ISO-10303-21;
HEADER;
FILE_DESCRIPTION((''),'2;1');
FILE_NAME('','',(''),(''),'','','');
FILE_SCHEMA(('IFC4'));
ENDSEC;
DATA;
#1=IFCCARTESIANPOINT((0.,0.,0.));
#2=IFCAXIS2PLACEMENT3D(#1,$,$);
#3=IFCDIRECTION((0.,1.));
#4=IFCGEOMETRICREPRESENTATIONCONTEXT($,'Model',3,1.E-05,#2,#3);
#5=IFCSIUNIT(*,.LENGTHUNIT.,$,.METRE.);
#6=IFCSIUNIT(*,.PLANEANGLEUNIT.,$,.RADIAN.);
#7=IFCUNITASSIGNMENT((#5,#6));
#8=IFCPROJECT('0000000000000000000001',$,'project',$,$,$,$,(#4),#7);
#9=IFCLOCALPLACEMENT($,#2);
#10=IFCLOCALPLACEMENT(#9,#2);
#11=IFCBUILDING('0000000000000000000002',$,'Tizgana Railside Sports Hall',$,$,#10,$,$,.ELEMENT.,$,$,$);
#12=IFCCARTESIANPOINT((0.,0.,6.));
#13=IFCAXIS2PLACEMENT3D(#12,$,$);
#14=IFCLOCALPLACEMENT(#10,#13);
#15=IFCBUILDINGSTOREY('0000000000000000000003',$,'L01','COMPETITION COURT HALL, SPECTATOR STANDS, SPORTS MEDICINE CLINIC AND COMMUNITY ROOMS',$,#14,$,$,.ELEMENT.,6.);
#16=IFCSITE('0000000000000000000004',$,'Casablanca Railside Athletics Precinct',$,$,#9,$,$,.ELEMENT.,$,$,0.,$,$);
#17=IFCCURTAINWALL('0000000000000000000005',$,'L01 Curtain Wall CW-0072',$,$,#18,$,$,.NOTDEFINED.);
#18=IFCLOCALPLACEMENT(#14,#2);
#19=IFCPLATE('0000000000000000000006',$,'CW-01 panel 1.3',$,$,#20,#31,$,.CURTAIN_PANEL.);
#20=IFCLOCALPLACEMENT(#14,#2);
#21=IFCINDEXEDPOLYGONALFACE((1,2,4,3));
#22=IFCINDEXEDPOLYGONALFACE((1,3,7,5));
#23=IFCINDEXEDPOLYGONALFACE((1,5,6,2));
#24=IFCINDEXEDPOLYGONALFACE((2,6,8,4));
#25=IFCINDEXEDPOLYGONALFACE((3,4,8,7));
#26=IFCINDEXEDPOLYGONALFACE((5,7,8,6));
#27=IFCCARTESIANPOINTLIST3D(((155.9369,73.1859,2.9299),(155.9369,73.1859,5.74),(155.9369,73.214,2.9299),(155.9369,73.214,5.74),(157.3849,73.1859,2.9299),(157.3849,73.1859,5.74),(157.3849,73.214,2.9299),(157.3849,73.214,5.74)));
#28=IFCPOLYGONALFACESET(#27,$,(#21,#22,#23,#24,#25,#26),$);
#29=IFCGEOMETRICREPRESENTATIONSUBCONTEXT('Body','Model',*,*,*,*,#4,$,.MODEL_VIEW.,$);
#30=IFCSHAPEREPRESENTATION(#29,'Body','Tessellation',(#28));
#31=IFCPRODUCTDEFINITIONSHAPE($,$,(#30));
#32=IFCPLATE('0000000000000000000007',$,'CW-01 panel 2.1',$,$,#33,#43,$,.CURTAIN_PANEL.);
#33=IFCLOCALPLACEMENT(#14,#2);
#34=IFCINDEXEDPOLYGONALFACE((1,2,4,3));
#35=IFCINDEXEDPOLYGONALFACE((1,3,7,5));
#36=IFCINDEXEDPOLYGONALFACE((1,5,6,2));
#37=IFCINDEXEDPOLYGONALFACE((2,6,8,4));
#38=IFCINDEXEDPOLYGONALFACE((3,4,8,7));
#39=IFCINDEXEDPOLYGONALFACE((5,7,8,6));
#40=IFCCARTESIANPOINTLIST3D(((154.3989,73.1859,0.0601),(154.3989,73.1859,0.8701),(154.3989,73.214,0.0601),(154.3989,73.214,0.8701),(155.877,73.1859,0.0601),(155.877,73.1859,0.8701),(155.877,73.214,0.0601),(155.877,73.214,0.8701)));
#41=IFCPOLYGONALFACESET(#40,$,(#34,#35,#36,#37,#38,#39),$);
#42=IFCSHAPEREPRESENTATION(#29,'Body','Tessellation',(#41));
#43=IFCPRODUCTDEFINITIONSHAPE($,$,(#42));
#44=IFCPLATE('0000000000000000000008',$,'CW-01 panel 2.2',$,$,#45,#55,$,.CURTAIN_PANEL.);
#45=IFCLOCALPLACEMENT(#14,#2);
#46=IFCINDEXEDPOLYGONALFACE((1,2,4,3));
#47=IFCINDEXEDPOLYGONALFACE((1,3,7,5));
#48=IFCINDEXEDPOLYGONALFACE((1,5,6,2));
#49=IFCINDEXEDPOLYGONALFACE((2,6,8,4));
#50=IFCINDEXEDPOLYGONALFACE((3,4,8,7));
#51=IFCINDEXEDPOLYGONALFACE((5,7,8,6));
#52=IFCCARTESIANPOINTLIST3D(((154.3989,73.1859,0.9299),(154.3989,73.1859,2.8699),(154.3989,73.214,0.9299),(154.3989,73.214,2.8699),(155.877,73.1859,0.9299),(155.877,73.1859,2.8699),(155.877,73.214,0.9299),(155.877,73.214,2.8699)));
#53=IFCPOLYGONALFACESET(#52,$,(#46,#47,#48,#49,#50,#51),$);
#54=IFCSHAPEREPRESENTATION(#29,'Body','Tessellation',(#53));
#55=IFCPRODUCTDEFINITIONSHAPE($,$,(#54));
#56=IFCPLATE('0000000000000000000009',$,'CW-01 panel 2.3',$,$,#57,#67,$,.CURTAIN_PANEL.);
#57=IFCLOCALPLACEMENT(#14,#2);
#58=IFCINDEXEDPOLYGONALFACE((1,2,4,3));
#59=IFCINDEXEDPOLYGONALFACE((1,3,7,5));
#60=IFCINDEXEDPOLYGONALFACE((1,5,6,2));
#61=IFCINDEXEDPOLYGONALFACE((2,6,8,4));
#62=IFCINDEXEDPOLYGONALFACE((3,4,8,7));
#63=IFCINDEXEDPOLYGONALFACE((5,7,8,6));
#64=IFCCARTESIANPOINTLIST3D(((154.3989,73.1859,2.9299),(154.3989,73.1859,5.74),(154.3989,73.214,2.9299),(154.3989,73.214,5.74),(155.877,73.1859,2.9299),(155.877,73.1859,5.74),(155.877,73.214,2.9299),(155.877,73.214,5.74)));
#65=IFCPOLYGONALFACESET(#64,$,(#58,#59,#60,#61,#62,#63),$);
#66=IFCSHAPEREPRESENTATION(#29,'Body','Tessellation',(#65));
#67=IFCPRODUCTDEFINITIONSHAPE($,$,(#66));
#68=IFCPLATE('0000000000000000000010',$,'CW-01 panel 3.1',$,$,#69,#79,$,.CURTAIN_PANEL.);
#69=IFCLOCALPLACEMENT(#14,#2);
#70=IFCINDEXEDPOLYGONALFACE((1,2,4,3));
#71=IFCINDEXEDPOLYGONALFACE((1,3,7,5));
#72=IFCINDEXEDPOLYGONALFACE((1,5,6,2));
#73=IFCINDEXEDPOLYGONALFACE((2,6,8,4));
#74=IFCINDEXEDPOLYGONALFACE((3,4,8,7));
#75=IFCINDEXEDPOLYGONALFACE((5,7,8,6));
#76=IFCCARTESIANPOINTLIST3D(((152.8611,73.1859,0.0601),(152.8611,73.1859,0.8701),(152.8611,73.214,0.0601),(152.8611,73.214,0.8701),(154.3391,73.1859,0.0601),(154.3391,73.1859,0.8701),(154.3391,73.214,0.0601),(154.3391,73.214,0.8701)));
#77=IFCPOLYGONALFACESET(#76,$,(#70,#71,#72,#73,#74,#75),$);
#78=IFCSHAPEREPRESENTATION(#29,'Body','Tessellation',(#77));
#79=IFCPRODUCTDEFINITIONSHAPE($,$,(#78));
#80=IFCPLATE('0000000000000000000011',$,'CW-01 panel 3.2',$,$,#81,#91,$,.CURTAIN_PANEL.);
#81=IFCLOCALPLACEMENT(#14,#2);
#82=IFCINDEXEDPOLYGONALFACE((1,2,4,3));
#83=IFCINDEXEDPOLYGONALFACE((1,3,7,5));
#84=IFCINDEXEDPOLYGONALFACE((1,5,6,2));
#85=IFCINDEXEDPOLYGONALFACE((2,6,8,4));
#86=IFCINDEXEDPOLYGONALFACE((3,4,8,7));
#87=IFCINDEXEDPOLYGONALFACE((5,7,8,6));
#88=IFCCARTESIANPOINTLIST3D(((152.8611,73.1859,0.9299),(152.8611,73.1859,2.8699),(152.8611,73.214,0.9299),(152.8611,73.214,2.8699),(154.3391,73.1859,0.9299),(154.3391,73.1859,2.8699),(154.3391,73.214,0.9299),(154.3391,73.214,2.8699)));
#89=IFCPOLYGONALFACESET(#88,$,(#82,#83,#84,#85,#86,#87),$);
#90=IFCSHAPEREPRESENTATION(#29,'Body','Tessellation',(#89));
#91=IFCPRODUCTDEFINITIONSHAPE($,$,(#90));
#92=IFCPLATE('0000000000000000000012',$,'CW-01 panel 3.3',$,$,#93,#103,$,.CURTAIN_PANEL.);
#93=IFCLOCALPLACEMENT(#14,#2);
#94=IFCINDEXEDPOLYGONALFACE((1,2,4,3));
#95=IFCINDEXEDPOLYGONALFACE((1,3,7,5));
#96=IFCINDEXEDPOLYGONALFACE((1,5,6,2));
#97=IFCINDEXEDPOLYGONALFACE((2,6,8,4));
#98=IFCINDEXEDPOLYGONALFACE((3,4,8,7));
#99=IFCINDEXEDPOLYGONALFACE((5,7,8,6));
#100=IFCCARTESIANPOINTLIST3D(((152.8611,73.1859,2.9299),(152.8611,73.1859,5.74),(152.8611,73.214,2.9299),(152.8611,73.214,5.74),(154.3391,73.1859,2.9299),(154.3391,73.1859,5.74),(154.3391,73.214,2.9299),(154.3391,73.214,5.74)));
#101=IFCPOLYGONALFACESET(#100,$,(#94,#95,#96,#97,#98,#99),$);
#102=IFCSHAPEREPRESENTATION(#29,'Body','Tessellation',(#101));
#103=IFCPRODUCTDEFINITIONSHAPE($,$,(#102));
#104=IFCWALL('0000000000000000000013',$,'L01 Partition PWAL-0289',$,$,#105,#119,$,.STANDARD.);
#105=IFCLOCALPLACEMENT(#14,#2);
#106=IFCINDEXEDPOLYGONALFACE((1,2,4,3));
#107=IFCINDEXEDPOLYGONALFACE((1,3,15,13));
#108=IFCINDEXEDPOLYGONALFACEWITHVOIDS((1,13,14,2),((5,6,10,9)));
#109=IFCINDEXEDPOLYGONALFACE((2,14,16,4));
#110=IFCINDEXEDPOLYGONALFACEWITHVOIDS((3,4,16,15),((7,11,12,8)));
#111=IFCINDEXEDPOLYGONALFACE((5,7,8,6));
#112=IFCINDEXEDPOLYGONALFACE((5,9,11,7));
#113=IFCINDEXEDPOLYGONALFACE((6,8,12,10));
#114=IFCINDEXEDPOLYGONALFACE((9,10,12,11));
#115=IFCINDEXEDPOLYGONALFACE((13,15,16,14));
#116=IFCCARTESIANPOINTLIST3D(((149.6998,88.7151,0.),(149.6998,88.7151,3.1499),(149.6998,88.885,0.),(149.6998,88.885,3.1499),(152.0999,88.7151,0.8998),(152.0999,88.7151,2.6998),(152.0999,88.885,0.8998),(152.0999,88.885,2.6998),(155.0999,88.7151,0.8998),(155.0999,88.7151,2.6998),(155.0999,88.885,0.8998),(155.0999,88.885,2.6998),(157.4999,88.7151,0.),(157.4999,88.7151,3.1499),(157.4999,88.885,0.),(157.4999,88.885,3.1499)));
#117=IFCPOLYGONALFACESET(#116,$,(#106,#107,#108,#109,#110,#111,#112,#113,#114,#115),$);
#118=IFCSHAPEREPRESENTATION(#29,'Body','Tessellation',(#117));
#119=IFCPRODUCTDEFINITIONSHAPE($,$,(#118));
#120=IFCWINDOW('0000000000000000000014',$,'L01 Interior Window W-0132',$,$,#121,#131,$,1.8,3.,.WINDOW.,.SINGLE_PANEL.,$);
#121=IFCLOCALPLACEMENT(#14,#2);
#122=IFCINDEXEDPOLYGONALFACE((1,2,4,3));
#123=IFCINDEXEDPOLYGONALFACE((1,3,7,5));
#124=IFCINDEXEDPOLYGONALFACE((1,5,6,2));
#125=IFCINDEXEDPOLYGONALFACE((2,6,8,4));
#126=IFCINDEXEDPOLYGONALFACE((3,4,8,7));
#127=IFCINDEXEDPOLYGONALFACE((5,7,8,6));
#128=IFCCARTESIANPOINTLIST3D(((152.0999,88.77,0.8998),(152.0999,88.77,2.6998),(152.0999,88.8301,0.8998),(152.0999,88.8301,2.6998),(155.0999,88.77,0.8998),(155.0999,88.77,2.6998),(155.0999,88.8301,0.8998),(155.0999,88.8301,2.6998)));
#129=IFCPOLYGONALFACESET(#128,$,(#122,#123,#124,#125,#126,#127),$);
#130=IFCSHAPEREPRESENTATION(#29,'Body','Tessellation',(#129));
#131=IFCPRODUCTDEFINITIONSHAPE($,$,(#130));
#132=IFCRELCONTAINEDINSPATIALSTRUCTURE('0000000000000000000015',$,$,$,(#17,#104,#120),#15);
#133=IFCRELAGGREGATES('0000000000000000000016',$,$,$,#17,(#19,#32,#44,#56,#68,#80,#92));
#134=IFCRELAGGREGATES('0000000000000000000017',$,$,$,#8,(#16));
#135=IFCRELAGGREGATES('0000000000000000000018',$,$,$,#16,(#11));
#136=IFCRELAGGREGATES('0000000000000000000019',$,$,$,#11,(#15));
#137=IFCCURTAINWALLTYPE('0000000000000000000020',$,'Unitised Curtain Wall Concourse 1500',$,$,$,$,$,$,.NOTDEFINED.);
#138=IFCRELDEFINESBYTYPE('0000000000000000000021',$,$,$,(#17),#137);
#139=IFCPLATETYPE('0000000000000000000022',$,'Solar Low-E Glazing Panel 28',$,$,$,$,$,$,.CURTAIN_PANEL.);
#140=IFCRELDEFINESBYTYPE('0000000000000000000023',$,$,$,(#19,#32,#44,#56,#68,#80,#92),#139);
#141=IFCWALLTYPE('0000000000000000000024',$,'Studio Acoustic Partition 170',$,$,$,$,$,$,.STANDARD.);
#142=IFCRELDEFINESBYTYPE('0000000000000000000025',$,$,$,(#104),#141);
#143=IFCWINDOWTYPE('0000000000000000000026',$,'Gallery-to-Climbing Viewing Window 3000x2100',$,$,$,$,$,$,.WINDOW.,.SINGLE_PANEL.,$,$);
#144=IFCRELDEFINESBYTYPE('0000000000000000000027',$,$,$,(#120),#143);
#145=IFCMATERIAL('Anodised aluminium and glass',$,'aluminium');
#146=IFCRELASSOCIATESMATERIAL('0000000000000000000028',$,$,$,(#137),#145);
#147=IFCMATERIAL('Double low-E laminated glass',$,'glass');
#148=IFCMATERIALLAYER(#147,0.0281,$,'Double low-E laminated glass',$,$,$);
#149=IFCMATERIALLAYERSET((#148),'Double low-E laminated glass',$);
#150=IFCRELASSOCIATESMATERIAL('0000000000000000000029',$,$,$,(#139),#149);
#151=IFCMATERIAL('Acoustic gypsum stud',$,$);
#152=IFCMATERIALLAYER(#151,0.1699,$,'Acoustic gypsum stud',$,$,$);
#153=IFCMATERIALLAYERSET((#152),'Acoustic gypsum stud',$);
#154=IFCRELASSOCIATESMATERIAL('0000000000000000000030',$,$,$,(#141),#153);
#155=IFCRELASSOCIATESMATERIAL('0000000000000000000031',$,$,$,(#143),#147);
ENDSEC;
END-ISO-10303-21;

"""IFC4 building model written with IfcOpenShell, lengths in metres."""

from ifc_helpers import new_model, si_unit, direction, frame, frame_2d, origin, origin_2d, place, context, subcontext, project, spatial, rectangle, extrude, material, layer, layer_set, type_object, element, fill, aggregate, save


model = new_model("IFC4")

# Units and contexts
model_context = context("Model", 3, precision=1e-05, world=origin(), true_north=direction((0.0, 1.0)))
body_context = subcontext(model_context, "Body", "Model", "MODEL_VIEW")
ifc_project = project(units=[si_unit("LENGTHUNIT", "METRE"), si_unit("PLANEANGLEUNIT", "RADIAN")], contexts=[model_context])

# Site, building, storey
site_placement = place(None, origin())
site = spatial("IfcSite", under=ifc_project, at=site_placement, Name="Casablanca Railside Athletics Precinct", CompositionType="ELEMENT", RefElevation=0.0)
building_placement = place(site_placement, origin())
building = spatial("IfcBuilding", under=site, at=building_placement, Name="Tizgana Railside Sports Hall", CompositionType="ELEMENT")
storey_placement = place(building_placement, frame((0.0, 0.0, 6.0)))
storey = spatial("IfcBuildingStorey", under=building, at=storey_placement, Name="L01", Description="COMPETITION COURT HALL, SPECTATOR STANDS, SPORTS MEDICINE CLINIC AND COMMUNITY ROOMS", CompositionType="ELEMENT", Elevation=6.0)

# Curtain wall
ifc_material_1 = material(Name="Anodised aluminium and glass", Category="aluminium")
curtain_wall_type = type_object("IfcCurtainWallType", Name="Unitised Curtain Wall Concourse 1500", PredefinedType="NOTDEFINED", material=ifc_material_1)
curtain_wall_placement = place(storey_placement, origin())
curtain_wall = element("IfcCurtainWall", 1, at=curtain_wall_placement, inside=storey, type_object=curtain_wall_type, Name="L01 Curtain Wall CW-0072", PredefinedType="NOTDEFINED")

# Plates
ifc_material_2 = material(Name="Double low-E laminated glass", Category="glass")
ifc_layer_1 = layer(ifc_material_2, 0.0281, Name="Double low-E laminated glass")
ifc_layer_set_1 = layer_set([ifc_layer_1], Name="Double low-E laminated glass")
plate_type = type_object("IfcPlateType", Name="Solar Low-E Glazing Panel 28", PredefinedType="CURTAIN_PANEL", material=ifc_layer_set_1)
plate_1_placement = place(storey_placement, frame((156.6609, 73.2, 2.9299), z_axis=(0.0, 0.0, 1.0), x_axis=(-1.0, 0.0, 0.0)))
plate_1 = element("IfcPlate", 2, at=plate_1_placement, type_object=plate_type, Name="CW-01 panel 1.3", PredefinedType="CURTAIN_PANEL", context=body_context, shape_type="SweptSolid", body=[
    extrude(rectangle(XDim=1.448, YDim=0.0281, at=origin_2d()), origin(), (0.0, 0.0, 1.0), 2.8101),
])
plate_2_placement = place(storey_placement, frame((155.1379, 73.2, 0.0601), z_axis=(0.0, 0.0, 1.0), x_axis=(-1.0, 0.0, 0.0)))
plate_2 = element("IfcPlate", 3, at=plate_2_placement, type_object=plate_type, Name="CW-01 panel 2.1", PredefinedType="CURTAIN_PANEL", context=body_context, shape_type="SweptSolid", body=[
    extrude(rectangle(XDim=1.478, YDim=0.0281, at=origin_2d()), origin(), (0.0, 0.0, 1.0), 0.8101),
])
plate_3_placement = place(storey_placement, frame((155.1379, 73.2, 0.9299), z_axis=(0.0, 0.0, 1.0), x_axis=(-1.0, 0.0, 0.0)))
plate_3 = element("IfcPlate", 4, at=plate_3_placement, type_object=plate_type, Name="CW-01 panel 2.2", PredefinedType="CURTAIN_PANEL", context=body_context, shape_type="SweptSolid", body=[
    extrude(rectangle(XDim=1.478, YDim=0.0281, at=origin_2d()), origin(), (0.0, 0.0, 1.0), 1.9399),
])
plate_4_placement = place(storey_placement, frame((155.1379, 73.2, 2.9299), z_axis=(0.0, 0.0, 1.0), x_axis=(-1.0, 0.0, 0.0)))
plate_4 = element("IfcPlate", 5, at=plate_4_placement, type_object=plate_type, Name="CW-01 panel 2.3", PredefinedType="CURTAIN_PANEL", context=body_context, shape_type="SweptSolid", body=[
    extrude(rectangle(XDim=1.478, YDim=0.0281, at=origin_2d()), origin(), (0.0, 0.0, 1.0), 2.8101),
])
plate_5_placement = place(storey_placement, frame((153.6001, 73.2, 0.0601), z_axis=(0.0, 0.0, 1.0), x_axis=(-1.0, 0.0, 0.0)))
plate_5 = element("IfcPlate", 6, at=plate_5_placement, type_object=plate_type, Name="CW-01 panel 3.1", PredefinedType="CURTAIN_PANEL", context=body_context, shape_type="SweptSolid", body=[
    extrude(rectangle(XDim=1.478, YDim=0.0281, at=origin_2d()), origin(), (0.0, 0.0, 1.0), 0.8101),
])
plate_6_placement = place(storey_placement, frame((153.6001, 73.2, 0.9299), z_axis=(0.0, 0.0, 1.0), x_axis=(-1.0, 0.0, 0.0)))
plate_6 = element("IfcPlate", 7, at=plate_6_placement, type_object=plate_type, Name="CW-01 panel 3.2", PredefinedType="CURTAIN_PANEL", context=body_context, shape_type="SweptSolid", body=[
    extrude(rectangle(XDim=1.478, YDim=0.0281, at=origin_2d()), origin(), (0.0, 0.0, 1.0), 1.9399),
])
plate_7_placement = place(storey_placement, frame((153.6001, 73.2, 2.9299), z_axis=(0.0, 0.0, 1.0), x_axis=(-1.0, 0.0, 0.0)))
plate_7 = element("IfcPlate", 8, at=plate_7_placement, type_object=plate_type, Name="CW-01 panel 3.3", PredefinedType="CURTAIN_PANEL", context=body_context, shape_type="SweptSolid", body=[
    extrude(rectangle(XDim=1.478, YDim=0.0281, at=origin_2d()), origin(), (0.0, 0.0, 1.0), 2.8101),
])
aggregate(curtain_wall, [plate_1, plate_2, plate_3, plate_4, plate_5, plate_6, plate_7])

# Wall, opening, window
ifc_material_3 = material(Name="Acoustic gypsum stud")
ifc_layer_2 = layer(ifc_material_3, 0.1699, Name="Acoustic gypsum stud")
ifc_layer_set_2 = layer_set([ifc_layer_2], Name="Acoustic gypsum stud")
wall_type = type_object("IfcWallType", Name="Studio Acoustic Partition 170", PredefinedType="STANDARD", material=ifc_layer_set_2)
wall_placement = place(storey_placement, frame((149.7, 88.8, 0.0), z_axis=(0.0, 0.0, 1.0), x_axis=(1.0, 0.0, 0.0)))
wall = element("IfcWall", 9, at=wall_placement, inside=storey, type_object=wall_type, Name="L01 Partition PWAL-0289", PredefinedType="STANDARD", context=body_context, shape_type="SweptSolid", body=[
    extrude(rectangle(XDim=7.8, YDim=0.1699, at=frame_2d((3.8999, 0.0))), origin(), (0.0, 0.0, 1.0), 3.1499),
])
opening_placement = place(wall_placement, frame((2.3999, 0.0, 0.8999)))
opening = element("IfcOpeningElement", 10, at=opening_placement, cuts=wall, PredefinedType="OPENING", context=body_context, shape_type="SweptSolid", body=[
    extrude(rectangle(XDim=3.0, YDim=1.8, at=frame_2d((1.5, 0.8999))), frame((0.0, 0.095, 0.0), z_axis=(0.0, -1.0, 0.0), x_axis=(1.0, 0.0, 0.0)), (0.0, 0.0, 1.0), 0.1899),
])
window_type = type_object("IfcWindowType", Name="Gallery-to-Climbing Viewing Window 3000x2100", PartitioningType="SINGLE_PANEL", PredefinedType="WINDOW", material=ifc_material_2)
window_placement = place(opening_placement, origin())
window = element("IfcWindow", 11, at=window_placement, inside=storey, type_object=window_type, Name="L01 Interior Window W-0132", OverallHeight=1.8, OverallWidth=3.0, PartitioningType="SINGLE_PANEL", PredefinedType="WINDOW", context=body_context, shape_type="SweptSolid", body=[
    extrude(rectangle(XDim=3.0, YDim=1.8, at=frame_2d((1.5, 0.8999))), frame((0.0, 0.03, 0.0), z_axis=(0.0, -1.0, 0.0), x_axis=(1.0, 0.0, 0.0)), (0.0, 0.0, 1.0), 0.0601),
])
fill(opening, window)

save(model, "model.ifc")
